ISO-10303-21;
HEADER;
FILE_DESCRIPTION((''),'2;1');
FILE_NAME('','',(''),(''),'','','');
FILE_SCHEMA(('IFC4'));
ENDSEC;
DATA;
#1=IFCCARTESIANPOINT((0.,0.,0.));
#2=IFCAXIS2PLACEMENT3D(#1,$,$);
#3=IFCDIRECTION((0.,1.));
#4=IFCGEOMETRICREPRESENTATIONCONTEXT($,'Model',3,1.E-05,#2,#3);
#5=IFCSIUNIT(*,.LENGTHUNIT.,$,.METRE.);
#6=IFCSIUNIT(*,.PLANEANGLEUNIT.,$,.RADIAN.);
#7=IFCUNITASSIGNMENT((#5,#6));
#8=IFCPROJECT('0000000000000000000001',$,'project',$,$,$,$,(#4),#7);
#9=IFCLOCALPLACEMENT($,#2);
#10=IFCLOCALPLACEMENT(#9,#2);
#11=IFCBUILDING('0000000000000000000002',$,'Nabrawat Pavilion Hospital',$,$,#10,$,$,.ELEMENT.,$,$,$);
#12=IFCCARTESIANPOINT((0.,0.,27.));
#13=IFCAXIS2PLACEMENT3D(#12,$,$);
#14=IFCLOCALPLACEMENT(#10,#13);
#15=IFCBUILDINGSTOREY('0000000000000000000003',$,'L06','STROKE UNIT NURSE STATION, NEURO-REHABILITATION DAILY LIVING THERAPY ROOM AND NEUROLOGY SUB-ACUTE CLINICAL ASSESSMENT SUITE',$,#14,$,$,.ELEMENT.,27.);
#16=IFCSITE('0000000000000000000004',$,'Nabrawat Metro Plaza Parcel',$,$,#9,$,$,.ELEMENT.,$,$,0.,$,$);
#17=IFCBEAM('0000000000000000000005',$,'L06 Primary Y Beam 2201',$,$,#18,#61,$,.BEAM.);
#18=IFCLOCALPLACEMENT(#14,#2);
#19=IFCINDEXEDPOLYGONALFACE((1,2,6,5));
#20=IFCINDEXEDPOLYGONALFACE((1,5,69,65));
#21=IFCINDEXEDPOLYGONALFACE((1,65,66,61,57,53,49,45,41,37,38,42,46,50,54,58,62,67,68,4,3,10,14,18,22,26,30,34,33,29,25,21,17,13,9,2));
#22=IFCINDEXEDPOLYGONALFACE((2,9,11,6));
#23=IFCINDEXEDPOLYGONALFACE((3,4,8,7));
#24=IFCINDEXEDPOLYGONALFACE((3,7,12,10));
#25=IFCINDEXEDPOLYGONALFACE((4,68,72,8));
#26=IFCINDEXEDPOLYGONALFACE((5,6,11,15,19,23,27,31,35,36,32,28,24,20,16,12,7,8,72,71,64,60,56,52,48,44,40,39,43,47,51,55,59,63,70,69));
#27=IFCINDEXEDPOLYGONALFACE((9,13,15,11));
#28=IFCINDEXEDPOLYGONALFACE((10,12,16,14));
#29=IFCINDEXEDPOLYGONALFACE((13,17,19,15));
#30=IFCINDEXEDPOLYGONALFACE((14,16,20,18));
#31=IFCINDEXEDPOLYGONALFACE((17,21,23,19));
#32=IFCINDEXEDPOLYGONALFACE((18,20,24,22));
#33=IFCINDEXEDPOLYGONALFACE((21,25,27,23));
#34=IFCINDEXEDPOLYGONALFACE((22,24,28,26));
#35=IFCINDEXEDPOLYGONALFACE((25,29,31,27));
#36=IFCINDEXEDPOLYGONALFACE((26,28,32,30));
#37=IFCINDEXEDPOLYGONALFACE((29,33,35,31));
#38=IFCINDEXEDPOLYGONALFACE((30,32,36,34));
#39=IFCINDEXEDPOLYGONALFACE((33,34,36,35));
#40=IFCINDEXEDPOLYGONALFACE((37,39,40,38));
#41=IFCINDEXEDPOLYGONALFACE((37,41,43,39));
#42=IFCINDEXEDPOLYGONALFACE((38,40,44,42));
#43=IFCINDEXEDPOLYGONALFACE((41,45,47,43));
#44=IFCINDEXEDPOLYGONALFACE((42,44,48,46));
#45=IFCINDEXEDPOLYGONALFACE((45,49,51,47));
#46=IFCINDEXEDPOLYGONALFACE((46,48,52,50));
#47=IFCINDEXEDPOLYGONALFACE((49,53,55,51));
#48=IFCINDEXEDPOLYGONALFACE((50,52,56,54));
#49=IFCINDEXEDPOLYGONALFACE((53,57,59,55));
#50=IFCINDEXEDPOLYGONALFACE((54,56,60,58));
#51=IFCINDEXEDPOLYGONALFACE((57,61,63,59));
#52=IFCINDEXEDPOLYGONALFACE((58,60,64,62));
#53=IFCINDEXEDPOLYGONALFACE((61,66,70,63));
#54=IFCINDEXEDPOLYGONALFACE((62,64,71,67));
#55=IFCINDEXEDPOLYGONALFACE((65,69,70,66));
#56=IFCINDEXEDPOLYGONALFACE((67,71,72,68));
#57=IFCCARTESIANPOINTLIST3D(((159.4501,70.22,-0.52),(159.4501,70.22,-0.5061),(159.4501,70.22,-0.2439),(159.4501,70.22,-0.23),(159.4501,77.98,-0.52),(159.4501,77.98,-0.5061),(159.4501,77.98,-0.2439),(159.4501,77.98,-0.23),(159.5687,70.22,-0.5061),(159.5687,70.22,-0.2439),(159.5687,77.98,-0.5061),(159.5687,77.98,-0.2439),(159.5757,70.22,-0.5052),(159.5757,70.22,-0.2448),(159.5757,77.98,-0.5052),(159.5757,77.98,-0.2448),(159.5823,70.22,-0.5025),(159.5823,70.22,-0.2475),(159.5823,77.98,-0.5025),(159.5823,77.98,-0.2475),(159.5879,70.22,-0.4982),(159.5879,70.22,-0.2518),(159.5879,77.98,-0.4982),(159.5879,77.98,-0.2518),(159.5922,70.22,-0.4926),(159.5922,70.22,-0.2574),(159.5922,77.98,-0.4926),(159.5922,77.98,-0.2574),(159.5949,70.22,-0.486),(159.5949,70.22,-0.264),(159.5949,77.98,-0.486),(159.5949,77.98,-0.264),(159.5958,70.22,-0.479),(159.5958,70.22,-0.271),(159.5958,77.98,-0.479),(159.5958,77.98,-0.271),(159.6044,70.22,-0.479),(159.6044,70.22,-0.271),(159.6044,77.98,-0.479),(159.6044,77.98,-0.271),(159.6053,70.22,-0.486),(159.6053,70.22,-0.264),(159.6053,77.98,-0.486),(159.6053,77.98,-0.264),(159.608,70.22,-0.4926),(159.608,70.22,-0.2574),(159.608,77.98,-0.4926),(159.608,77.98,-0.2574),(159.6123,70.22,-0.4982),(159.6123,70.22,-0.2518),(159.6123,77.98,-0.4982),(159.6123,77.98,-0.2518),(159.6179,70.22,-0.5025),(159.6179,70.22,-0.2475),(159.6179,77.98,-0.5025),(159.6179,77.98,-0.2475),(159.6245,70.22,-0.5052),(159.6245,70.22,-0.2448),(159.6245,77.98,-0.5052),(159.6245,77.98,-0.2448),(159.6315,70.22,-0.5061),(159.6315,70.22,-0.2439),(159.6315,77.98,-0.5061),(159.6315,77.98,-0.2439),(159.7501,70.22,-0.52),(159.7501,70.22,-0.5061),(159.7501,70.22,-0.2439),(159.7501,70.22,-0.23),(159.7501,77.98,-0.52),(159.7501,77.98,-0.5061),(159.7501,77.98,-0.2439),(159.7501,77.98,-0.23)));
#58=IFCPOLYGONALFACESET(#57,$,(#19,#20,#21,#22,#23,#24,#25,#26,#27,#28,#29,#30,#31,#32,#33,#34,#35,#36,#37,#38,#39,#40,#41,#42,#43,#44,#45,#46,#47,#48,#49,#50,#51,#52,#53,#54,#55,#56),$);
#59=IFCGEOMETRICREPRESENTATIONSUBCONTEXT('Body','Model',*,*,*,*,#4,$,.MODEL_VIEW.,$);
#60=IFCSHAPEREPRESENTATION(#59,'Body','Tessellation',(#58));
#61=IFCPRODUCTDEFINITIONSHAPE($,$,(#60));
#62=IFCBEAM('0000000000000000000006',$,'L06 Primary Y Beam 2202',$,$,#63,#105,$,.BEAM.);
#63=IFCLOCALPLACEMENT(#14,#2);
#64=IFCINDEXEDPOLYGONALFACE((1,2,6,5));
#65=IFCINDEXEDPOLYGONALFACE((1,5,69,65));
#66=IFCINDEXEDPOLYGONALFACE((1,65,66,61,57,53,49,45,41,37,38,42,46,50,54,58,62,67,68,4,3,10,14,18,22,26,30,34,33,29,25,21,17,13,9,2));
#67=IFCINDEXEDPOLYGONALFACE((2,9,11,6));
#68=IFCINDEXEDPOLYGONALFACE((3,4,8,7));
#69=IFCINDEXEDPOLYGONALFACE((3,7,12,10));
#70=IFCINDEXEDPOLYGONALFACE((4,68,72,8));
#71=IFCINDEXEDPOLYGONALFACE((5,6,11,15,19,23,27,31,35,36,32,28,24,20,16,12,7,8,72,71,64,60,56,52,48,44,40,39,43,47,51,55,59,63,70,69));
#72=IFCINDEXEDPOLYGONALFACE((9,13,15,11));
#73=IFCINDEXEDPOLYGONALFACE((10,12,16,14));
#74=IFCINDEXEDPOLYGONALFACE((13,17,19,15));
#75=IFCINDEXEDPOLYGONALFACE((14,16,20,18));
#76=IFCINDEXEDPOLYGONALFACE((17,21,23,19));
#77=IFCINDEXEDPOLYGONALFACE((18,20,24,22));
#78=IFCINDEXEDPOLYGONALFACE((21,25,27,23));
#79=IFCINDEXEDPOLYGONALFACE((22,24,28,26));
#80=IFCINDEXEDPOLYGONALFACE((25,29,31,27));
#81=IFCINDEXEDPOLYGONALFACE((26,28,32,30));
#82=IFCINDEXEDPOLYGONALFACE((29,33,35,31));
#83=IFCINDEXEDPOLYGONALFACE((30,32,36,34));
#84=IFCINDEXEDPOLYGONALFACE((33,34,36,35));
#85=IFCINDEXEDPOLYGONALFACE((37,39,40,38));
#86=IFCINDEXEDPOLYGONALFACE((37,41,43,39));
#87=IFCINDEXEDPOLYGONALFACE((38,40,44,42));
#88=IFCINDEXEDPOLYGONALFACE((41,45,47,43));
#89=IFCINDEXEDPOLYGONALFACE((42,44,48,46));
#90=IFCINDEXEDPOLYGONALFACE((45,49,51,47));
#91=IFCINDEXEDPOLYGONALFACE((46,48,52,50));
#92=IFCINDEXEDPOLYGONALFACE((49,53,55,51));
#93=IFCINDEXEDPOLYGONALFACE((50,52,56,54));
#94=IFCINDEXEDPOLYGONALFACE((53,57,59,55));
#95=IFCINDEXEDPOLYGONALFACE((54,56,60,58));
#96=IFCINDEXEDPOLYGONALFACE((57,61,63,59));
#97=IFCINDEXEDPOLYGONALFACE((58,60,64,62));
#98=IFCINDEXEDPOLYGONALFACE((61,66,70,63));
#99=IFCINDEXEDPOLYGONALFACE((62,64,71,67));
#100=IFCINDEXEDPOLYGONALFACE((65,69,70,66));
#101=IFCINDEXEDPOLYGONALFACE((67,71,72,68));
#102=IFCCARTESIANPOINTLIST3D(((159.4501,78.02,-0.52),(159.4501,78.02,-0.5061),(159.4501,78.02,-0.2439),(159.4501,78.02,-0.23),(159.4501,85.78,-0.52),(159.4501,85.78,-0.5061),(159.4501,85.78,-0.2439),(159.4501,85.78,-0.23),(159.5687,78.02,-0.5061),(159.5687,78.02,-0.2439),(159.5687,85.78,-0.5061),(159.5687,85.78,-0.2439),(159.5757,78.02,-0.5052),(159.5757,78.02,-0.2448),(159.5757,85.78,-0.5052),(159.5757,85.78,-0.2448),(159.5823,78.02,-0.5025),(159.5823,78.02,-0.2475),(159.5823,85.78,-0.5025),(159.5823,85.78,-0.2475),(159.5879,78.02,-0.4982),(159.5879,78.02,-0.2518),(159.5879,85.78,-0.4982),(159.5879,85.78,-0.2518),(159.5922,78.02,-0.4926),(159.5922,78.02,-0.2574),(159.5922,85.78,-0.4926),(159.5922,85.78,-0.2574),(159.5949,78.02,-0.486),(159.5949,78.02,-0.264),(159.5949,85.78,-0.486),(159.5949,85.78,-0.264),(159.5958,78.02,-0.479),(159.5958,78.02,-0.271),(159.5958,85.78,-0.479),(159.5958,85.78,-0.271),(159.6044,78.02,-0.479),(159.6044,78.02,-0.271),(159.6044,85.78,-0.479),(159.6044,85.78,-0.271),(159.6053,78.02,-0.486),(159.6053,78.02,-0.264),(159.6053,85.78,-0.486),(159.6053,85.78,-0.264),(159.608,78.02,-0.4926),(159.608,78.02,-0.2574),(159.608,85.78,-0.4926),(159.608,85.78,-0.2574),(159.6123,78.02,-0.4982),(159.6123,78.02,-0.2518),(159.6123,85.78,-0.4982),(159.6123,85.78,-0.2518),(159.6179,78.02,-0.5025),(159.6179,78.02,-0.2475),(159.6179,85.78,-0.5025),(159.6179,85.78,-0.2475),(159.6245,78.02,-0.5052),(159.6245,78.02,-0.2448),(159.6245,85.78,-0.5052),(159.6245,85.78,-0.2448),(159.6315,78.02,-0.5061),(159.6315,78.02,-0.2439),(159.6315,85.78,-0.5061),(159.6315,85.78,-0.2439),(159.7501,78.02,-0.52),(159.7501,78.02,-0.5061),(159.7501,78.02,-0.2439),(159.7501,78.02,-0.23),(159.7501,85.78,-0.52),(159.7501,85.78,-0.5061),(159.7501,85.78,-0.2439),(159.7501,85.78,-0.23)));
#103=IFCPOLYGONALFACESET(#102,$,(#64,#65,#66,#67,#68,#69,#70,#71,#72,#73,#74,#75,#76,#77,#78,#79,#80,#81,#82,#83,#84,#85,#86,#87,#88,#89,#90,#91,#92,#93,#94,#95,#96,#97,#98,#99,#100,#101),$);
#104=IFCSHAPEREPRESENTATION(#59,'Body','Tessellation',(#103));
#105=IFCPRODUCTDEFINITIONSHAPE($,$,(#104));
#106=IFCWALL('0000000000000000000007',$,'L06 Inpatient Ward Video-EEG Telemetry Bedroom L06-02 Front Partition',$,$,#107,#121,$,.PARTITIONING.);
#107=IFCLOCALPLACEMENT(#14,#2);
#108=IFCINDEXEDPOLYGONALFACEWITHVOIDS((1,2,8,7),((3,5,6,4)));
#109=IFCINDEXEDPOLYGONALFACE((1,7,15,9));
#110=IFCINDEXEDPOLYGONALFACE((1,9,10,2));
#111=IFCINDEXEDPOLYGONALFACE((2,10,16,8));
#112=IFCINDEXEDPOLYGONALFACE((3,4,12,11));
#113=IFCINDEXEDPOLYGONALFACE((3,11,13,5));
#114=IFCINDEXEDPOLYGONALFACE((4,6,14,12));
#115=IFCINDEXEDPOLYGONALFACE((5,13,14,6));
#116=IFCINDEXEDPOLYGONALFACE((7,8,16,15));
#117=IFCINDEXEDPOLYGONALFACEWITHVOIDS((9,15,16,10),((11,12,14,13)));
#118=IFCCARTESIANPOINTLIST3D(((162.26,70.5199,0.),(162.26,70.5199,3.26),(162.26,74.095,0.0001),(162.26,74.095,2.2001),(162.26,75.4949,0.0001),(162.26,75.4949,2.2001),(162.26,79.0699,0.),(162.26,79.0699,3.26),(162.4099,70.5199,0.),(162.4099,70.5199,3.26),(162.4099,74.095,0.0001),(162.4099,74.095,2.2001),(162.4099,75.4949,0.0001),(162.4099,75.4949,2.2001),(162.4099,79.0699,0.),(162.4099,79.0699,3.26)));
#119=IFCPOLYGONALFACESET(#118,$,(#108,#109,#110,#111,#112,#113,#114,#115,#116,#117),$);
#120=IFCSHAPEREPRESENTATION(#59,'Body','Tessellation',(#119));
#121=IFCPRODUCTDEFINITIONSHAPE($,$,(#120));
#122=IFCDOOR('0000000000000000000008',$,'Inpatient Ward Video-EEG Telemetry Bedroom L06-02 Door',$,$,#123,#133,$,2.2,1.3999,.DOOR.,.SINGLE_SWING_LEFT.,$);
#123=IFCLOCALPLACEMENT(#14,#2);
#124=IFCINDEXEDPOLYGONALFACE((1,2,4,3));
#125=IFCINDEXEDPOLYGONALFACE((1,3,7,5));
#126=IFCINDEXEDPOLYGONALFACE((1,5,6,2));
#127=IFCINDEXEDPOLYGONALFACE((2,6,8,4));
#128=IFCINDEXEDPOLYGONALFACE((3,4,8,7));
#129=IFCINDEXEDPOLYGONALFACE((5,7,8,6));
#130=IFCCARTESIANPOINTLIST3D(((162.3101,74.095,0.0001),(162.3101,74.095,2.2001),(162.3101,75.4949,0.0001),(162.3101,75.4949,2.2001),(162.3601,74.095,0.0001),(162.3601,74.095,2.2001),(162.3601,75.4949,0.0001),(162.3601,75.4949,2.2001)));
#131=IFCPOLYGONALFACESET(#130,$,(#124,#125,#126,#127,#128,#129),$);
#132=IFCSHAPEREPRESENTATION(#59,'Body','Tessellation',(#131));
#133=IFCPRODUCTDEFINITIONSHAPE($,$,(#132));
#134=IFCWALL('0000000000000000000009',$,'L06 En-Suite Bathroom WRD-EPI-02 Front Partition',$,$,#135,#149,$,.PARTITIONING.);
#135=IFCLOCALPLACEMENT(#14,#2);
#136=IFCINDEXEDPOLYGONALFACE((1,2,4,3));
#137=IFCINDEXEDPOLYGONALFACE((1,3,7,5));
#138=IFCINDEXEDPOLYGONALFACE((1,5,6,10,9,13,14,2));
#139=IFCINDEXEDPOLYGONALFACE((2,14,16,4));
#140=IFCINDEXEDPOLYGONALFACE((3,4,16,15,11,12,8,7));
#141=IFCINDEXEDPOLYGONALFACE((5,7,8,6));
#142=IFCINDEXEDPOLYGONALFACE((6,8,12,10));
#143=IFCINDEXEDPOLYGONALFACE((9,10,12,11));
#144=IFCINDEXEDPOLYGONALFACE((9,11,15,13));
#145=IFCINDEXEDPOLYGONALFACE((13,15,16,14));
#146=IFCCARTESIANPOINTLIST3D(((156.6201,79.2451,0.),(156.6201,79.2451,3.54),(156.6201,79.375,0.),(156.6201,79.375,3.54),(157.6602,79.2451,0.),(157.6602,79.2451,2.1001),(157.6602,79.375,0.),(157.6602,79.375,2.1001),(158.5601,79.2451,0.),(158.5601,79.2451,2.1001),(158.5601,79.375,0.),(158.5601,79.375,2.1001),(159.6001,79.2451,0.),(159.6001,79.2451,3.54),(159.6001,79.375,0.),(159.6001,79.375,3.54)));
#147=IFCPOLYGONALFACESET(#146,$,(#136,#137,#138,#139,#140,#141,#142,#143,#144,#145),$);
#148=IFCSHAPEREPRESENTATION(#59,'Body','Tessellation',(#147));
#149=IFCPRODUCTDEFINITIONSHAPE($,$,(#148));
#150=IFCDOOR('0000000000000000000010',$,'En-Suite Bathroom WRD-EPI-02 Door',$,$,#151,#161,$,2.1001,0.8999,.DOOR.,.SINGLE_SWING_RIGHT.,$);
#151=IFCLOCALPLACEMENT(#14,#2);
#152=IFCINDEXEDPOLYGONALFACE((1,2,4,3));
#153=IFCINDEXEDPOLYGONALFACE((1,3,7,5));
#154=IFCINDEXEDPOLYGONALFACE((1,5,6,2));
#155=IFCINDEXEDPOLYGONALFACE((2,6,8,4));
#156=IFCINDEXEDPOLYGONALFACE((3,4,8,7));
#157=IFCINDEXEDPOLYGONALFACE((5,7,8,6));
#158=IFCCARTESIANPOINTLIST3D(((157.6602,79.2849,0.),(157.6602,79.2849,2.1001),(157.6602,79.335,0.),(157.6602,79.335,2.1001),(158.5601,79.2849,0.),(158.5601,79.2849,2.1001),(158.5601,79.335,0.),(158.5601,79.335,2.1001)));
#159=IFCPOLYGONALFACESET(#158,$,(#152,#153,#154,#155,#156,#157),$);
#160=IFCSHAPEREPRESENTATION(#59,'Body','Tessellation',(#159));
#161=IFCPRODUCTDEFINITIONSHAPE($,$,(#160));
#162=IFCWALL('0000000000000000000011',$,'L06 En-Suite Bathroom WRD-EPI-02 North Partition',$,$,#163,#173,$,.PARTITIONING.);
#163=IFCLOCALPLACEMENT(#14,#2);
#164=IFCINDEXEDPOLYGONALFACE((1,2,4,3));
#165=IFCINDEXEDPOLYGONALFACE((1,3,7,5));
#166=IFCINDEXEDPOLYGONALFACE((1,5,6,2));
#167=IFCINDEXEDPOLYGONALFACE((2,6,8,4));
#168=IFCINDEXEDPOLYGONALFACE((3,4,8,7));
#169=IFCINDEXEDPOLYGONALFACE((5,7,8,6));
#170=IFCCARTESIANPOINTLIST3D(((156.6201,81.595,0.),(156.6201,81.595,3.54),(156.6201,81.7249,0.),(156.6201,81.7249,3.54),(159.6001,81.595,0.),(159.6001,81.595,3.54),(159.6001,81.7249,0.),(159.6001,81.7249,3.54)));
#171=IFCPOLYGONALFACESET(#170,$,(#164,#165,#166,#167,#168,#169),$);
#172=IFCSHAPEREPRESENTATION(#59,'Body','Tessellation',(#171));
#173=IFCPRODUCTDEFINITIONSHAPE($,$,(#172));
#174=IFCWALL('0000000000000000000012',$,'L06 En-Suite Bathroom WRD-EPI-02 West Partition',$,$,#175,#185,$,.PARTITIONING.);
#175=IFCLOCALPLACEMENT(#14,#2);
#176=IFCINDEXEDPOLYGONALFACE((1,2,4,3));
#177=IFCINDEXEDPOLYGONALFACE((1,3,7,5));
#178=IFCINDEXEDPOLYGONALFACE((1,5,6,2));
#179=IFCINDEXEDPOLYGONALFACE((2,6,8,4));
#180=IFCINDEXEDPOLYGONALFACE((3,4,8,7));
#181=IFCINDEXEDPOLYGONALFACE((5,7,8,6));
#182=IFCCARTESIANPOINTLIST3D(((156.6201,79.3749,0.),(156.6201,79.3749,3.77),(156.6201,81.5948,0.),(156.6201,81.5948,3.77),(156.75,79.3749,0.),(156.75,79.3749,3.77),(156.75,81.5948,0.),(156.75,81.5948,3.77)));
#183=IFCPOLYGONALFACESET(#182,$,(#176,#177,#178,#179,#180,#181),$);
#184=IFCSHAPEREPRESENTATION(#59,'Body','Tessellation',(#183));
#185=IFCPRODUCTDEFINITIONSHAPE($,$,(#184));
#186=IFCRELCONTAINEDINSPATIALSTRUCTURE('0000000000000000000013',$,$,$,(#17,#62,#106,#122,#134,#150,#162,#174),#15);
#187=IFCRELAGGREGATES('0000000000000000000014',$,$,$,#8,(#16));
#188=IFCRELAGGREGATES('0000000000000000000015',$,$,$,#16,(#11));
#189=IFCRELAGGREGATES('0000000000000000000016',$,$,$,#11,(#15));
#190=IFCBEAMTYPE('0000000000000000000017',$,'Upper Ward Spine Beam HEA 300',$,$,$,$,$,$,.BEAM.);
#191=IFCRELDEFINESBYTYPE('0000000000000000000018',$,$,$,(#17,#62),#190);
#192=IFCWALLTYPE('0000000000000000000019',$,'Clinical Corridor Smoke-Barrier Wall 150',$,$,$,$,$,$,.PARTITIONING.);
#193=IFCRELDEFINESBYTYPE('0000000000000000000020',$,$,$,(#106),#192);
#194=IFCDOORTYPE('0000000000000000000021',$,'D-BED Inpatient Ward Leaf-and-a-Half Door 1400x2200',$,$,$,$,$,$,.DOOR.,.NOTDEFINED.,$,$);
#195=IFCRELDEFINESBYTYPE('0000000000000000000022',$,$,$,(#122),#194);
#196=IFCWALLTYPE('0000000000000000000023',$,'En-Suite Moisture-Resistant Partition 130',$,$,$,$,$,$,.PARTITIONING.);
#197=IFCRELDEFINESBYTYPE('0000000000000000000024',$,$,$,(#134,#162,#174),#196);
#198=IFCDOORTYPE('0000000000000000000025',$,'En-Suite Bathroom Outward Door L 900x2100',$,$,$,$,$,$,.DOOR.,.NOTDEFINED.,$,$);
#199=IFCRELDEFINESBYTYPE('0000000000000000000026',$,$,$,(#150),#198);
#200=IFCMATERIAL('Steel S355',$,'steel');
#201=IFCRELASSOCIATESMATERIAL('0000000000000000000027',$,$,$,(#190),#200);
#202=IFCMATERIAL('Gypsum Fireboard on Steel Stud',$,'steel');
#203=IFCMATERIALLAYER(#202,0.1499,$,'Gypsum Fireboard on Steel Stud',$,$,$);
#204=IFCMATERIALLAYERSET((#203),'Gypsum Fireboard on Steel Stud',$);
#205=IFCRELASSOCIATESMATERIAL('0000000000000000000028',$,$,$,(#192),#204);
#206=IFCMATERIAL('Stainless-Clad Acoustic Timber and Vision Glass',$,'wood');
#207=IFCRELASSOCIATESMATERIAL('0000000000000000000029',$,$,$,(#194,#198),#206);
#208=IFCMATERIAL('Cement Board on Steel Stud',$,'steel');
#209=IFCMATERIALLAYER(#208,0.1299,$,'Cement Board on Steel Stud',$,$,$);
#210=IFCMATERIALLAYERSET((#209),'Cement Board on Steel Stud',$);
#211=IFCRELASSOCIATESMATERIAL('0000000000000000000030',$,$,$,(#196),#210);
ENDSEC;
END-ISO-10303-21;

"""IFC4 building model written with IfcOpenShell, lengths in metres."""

from ifc_helpers import new_model, si_unit, direction, frame, frame_2d, origin, origin_2d, place, context, subcontext, project, spatial, rectangle, i_section, extrude, material, layer, layer_set, material_profile, profile_set, type_object, element, fill, save


model = new_model("IFC4")

# Units and contexts
model_context = context("Model", 3, precision=1e-05, world=origin(), true_north=direction((0.0, 1.0)))
body_context = subcontext(model_context, "Body", "Model", "MODEL_VIEW")
ifc_project = project(units=[si_unit("LENGTHUNIT", "METRE"), si_unit("PLANEANGLEUNIT", "RADIAN")], contexts=[model_context])

# Site, building, storey
site_placement = place(None, origin())
site = spatial("IfcSite", under=ifc_project, at=site_placement, Name="Nabrawat Metro Plaza Parcel", CompositionType="ELEMENT", RefElevation=0.0)
building_placement = place(site_placement, origin())
building = spatial("IfcBuilding", under=site, at=building_placement, Name="Nabrawat Pavilion Hospital", CompositionType="ELEMENT")
storey_placement = place(building_placement, frame((0.0, 0.0, 27.0)))
storey = spatial("IfcBuildingStorey", under=building, at=storey_placement, Name="L06", Description="STROKE UNIT NURSE STATION, NEURO-REHABILITATION DAILY LIVING THERAPY ROOM AND NEUROLOGY SUB-ACUTE CLINICAL ASSESSMENT SUITE", CompositionType="ELEMENT", Elevation=27.0)

# Beams
ifc_material_1 = material(Name="Steel S355", Category="steel")
ifc_material_profile_1 = material_profile(ifc_material_1, i_section(OverallWidth=0.3, OverallDepth=0.29, WebThickness=0.0085, FlangeThickness=0.0139, FilletRadius=0.0271, at=origin_2d()), Name="HEA 300")
ifc_profile_set_1 = profile_set([ifc_material_profile_1], Name="Steel S355")
beam_type_1 = type_object("IfcBeamType", Name="Upper Ward Spine Beam HEA 300", PredefinedType="BEAM", material=ifc_profile_set_1)
for number, where, z_axis, x_axis, name in (
    (1, (159.6001, 70.22, -0.375), (0.0, 1.0, 0.0), (-1.0, 0.0, 0.0), "L06 Primary Y Beam 2201"),
    (2, (159.6001, 78.02, -0.375), (0.0, 1.0, 0.0), (-1.0, 0.0, 0.0), "L06 Primary Y Beam 2202"),
):
    element("IfcBeam", number, at=place(storey_placement, frame(where, z_axis=z_axis, x_axis=x_axis)), inside=storey, type_object=beam_type_1, Name=name, PredefinedType="BEAM", context=body_context, shape_type="SweptSolid", body=[
        extrude(i_section(OverallWidth=0.3, OverallDepth=0.29, WebThickness=0.0085, FlangeThickness=0.0139, FilletRadius=0.0271, at=origin_2d()), origin(), (0.0, 0.0, 1.0), 7.76),
    ])

# Walls, openings, doors
ifc_material_2 = material(Name="Gypsum Fireboard on Steel Stud", Category="steel")
ifc_layer_1 = layer(ifc_material_2, 0.1499, Name="Gypsum Fireboard on Steel Stud")
ifc_layer_set_1 = layer_set([ifc_layer_1], Name="Gypsum Fireboard on Steel Stud")
wall_type_1 = type_object("IfcWallType", Name="Clinical Corridor Smoke-Barrier Wall 150", PredefinedType="PARTITIONING", material=ifc_layer_set_1)
wall_1_placement = place(storey_placement, frame((162.335, 70.52, 0.0), z_axis=(0.0, 0.0, 1.0), x_axis=(0.0, 1.0, 0.0)))
wall_1 = element("IfcWall", 3, at=wall_1_placement, inside=storey, type_object=wall_type_1, Name="L06 Inpatient Ward Video-EEG Telemetry Bedroom L06-02 Front Partition", PredefinedType="PARTITIONING", context=body_context, shape_type="SweptSolid", body=[
    extrude(rectangle(XDim=8.55, YDim=0.1499, at=frame_2d((4.2749, 0.0))), origin(), (0.0, 0.0, 1.0), 3.26),
])
opening_1_placement = place(wall_1_placement, frame((3.575, 0.0, 0.0)))
opening_1 = element("IfcOpeningElement", 4, at=opening_1_placement, cuts=wall_1, PredefinedType="OPENING", context=body_context, shape_type="SweptSolid", body=[
    extrude(rectangle(XDim=1.3999, YDim=2.2, at=frame_2d((0.7, 1.1001))), frame((0.0, 0.085, 0.0), z_axis=(0.0, -1.0, 0.0), x_axis=(1.0, 0.0, 0.0)), (0.0, 0.0, 1.0), 0.1699),
])
ifc_material_3 = material(Name="Stainless-Clad Acoustic Timber and Vision Glass", Category="wood")
door_type_1 = type_object("IfcDoorType", Name="D-BED Inpatient Ward Leaf-and-a-Half Door 1400x2200", OperationType="NOTDEFINED", PredefinedType="DOOR", material=ifc_material_3)
door_1_placement = place(opening_1_placement, origin())
door_1 = element("IfcDoor", 5, at=door_1_placement, inside=storey, type_object=door_type_1, Name="Inpatient Ward Video-EEG Telemetry Bedroom L06-02 Door", OperationType="SINGLE_SWING_LEFT", OverallHeight=2.2, OverallWidth=1.3999, PredefinedType="DOOR", context=body_context, shape_type="SweptSolid", body=[
    extrude(rectangle(XDim=1.3999, YDim=2.2, at=frame_2d((0.7, 1.1001))), frame((0.0, 0.0249, 0.0), z_axis=(0.0, -1.0, 0.0), x_axis=(1.0, 0.0, 0.0)), (0.0, 0.0, 1.0), 0.05),
])
fill(opening_1, door_1)
ifc_material_4 = material(Name="Cement Board on Steel Stud", Category="steel")
ifc_layer_2 = layer(ifc_material_4, 0.1299, Name="Cement Board on Steel Stud")
ifc_layer_set_2 = layer_set([ifc_layer_2], Name="Cement Board on Steel Stud")
wall_type_2 = type_object("IfcWallType", Name="En-Suite Moisture-Resistant Partition 130", PredefinedType="PARTITIONING", material=ifc_layer_set_2)
wall_2_placement = place(storey_placement, frame((156.6201, 79.3101, 0.0), z_axis=(0.0, 0.0, 1.0), x_axis=(1.0, 0.0, 0.0)))
wall_2 = element("IfcWall", 6, at=wall_2_placement, inside=storey, type_object=wall_type_2, Name="L06 En-Suite Bathroom WRD-EPI-02 Front Partition", PredefinedType="PARTITIONING", context=body_context, shape_type="SweptSolid", body=[
    extrude(rectangle(XDim=2.98, YDim=0.1299, at=frame_2d((1.49, 0.0))), origin(), (0.0, 0.0, 1.0), 3.54),
])
opening_2_placement = place(wall_2_placement, frame((1.04, 0.0, 0.0)))
opening_2 = element("IfcOpeningElement", 7, at=opening_2_placement, cuts=wall_2, PredefinedType="OPENING", context=body_context, shape_type="SweptSolid", body=[
    extrude(rectangle(XDim=0.8999, YDim=2.1001, at=frame_2d((0.45, 1.05))), frame((0.0, 0.075, 0.0), z_axis=(0.0, -1.0, 0.0), x_axis=(1.0, 0.0, 0.0)), (0.0, 0.0, 1.0), 0.1499),
])
door_type_2 = type_object("IfcDoorType", Name="En-Suite Bathroom Outward Door L 900x2100", OperationType="NOTDEFINED", PredefinedType="DOOR", material=ifc_material_3)
door_2_placement = place(opening_2_placement, origin())
door_2 = element("IfcDoor", 8, at=door_2_placement, inside=storey, type_object=door_type_2, Name="En-Suite Bathroom WRD-EPI-02 Door", OperationType="SINGLE_SWING_RIGHT", OverallHeight=2.1001, OverallWidth=0.8999, PredefinedType="DOOR", context=body_context, shape_type="SweptSolid", body=[
    extrude(rectangle(XDim=0.8999, YDim=2.1001, at=frame_2d((0.45, 1.05))), frame((0.0, 0.0249, 0.0), z_axis=(0.0, -1.0, 0.0), x_axis=(1.0, 0.0, 0.0)), (0.0, 0.0, 1.0), 0.05),
])
fill(opening_2, door_2)

# Walls
wall_3_placement = place(storey_placement, frame((156.6201, 81.6599, 0.0), z_axis=(0.0, 0.0, 1.0), x_axis=(1.0, 0.0, 0.0)))
element("IfcWall", 9, at=wall_3_placement, inside=storey, type_object=wall_type_2, Name="L06 En-Suite Bathroom WRD-EPI-02 North Partition", PredefinedType="PARTITIONING", context=body_context, shape_type="SweptSolid", body=[
    extrude(rectangle(XDim=2.98, YDim=0.1299, at=frame_2d((1.49, 0.0))), origin(), (0.0, 0.0, 1.0), 3.54),
])
wall_4_placement = place(storey_placement, frame((156.6851, 79.375, 0.0), z_axis=(0.0, 0.0, 1.0), x_axis=(0.0, 1.0, 0.0)))
element("IfcWall", 10, at=wall_4_placement, inside=storey, type_object=wall_type_2, Name="L06 En-Suite Bathroom WRD-EPI-02 West Partition", PredefinedType="PARTITIONING", context=body_context, shape_type="SweptSolid", body=[
    extrude(rectangle(XDim=2.22, YDim=0.1299, at=frame_2d((1.1099, 0.0))), origin(), (0.0, 0.0, 1.0), 3.77),
])

save(model, "model.ifc")
